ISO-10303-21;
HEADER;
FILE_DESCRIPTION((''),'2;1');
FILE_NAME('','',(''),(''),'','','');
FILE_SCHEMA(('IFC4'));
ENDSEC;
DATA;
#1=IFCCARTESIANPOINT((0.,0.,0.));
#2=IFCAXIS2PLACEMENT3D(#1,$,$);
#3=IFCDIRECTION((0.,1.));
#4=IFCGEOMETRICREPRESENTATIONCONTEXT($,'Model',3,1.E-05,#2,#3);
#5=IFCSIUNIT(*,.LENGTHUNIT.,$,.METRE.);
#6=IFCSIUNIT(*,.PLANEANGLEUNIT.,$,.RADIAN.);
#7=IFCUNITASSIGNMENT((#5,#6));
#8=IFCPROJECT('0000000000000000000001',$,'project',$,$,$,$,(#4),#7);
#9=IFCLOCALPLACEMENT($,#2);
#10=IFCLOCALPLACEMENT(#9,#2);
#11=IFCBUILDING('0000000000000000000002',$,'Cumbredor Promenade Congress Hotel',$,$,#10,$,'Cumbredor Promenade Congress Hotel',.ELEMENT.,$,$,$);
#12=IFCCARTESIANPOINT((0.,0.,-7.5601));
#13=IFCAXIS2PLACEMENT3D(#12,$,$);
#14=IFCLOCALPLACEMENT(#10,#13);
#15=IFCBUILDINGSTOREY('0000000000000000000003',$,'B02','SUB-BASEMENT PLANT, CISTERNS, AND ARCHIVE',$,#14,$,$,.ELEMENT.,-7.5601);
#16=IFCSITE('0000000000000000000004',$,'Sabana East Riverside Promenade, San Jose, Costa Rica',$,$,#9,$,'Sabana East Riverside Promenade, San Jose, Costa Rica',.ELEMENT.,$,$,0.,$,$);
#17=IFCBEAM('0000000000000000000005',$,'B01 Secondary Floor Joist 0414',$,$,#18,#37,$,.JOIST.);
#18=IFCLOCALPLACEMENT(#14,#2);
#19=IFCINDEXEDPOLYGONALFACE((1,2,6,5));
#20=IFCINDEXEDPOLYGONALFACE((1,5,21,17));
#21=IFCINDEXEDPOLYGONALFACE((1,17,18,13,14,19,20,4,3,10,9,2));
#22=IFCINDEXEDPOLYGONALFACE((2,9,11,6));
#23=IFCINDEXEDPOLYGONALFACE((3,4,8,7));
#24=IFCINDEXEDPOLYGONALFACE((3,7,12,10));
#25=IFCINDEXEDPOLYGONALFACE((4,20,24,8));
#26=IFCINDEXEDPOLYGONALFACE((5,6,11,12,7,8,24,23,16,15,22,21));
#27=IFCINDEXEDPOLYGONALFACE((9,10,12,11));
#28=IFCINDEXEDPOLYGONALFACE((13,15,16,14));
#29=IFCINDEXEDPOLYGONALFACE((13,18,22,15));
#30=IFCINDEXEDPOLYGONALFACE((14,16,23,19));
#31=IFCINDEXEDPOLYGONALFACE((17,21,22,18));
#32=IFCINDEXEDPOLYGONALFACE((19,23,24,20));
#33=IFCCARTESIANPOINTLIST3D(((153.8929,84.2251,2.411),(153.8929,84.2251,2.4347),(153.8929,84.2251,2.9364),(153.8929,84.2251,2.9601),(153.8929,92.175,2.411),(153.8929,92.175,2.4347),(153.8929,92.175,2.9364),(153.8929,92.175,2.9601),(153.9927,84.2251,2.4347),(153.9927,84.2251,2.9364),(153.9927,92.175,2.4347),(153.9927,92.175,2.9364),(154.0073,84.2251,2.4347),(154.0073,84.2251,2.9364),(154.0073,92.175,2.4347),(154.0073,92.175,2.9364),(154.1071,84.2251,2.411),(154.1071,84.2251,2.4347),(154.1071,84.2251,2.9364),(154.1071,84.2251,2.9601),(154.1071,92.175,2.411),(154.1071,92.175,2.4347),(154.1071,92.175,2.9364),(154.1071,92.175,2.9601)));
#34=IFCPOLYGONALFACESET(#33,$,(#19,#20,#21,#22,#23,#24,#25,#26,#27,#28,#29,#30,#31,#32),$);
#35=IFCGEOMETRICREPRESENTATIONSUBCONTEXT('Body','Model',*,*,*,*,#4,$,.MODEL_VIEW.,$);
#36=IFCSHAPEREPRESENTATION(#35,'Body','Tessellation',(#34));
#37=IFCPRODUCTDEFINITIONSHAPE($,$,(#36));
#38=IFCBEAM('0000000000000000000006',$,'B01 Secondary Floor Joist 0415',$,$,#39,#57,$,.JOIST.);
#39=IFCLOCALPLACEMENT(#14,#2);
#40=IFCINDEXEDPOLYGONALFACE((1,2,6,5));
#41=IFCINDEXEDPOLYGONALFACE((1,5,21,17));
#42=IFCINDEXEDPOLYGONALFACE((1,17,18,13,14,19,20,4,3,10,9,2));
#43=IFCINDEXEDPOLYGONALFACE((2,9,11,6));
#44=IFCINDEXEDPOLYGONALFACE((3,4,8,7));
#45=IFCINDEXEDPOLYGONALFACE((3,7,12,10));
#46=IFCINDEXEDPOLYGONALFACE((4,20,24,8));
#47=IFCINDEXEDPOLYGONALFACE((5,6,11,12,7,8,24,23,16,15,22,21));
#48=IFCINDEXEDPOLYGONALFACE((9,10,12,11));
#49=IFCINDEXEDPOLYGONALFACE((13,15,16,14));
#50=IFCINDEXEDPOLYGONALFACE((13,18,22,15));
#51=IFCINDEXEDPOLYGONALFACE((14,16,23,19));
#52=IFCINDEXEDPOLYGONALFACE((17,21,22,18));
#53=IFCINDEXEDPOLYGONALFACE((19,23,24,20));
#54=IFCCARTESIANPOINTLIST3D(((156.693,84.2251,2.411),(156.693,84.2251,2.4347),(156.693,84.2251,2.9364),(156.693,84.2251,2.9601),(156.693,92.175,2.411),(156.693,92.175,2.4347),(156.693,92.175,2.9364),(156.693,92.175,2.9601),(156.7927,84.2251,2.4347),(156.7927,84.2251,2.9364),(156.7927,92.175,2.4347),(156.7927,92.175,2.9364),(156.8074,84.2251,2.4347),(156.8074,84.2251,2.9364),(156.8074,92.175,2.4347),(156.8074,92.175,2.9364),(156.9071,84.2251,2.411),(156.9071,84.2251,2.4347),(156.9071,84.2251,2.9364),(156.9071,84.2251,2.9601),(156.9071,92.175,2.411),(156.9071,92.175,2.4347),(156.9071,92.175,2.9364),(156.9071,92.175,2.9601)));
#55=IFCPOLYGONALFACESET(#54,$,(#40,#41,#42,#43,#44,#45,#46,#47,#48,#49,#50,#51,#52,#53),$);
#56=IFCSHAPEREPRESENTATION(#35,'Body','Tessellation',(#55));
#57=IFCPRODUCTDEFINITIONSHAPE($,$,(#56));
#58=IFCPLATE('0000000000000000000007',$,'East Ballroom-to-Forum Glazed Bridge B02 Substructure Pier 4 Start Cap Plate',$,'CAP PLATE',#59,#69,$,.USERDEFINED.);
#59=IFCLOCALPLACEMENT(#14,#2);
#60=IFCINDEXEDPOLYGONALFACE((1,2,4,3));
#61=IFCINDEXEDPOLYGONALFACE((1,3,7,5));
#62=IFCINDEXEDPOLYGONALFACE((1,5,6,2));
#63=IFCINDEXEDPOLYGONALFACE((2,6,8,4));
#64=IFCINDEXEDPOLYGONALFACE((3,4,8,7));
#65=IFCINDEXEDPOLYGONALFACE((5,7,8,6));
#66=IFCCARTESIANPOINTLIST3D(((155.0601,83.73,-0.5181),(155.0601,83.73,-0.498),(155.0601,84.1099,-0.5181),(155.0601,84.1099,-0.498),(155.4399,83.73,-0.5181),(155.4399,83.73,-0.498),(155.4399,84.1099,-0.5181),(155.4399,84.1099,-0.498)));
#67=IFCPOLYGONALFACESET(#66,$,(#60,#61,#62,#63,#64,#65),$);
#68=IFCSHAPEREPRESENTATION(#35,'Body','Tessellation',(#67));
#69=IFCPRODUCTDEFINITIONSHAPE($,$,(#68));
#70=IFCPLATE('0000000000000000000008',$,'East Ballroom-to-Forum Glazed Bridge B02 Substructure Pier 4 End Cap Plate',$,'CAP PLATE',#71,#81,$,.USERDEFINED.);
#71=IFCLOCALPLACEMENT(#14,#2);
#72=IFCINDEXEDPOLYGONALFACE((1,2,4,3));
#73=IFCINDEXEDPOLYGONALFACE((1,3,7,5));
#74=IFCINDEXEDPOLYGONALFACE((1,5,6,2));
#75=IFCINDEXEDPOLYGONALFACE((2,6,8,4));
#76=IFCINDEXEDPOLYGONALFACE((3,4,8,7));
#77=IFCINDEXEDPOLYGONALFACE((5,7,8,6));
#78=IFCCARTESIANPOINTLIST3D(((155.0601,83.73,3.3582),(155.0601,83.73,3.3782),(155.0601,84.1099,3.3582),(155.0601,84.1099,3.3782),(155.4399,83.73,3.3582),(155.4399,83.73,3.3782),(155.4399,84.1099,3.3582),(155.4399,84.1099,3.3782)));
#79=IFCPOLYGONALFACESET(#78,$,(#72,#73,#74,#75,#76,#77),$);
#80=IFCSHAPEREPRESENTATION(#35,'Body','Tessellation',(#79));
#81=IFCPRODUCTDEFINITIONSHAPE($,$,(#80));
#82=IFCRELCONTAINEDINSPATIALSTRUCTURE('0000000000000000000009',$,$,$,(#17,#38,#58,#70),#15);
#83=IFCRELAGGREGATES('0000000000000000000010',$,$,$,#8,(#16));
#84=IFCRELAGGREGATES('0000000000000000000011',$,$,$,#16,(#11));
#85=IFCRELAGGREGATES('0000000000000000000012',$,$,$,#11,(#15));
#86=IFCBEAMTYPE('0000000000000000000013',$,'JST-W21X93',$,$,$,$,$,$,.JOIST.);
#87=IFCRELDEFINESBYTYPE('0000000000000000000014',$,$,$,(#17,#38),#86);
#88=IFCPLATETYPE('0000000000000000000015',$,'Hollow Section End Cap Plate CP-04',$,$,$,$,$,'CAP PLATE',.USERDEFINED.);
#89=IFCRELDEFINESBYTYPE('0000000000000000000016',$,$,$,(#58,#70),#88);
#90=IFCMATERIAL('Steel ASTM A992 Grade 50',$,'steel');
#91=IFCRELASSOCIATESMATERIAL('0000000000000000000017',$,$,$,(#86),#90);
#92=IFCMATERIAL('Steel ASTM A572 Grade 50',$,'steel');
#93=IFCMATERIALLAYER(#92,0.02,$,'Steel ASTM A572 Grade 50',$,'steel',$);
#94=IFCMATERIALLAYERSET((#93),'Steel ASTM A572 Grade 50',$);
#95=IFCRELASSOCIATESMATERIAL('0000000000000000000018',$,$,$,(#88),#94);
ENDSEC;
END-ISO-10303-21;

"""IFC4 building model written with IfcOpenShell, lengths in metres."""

from ifc_helpers import new_model, si_unit, direction, frame, origin, origin_2d, place, context, subcontext, project, spatial, rectangle, i_section, extrude, material, layer, layer_set, material_profile, profile_set, type_object, element, save


model = new_model("IFC4")

# Units and contexts
model_context = context("Model", 3, precision=1e-05, world=origin(), true_north=direction((0.0, 1.0)))
body_context = subcontext(model_context, "Body", "Model", "MODEL_VIEW")
ifc_project = project(units=[si_unit("LENGTHUNIT", "METRE"), si_unit("PLANEANGLEUNIT", "RADIAN")], contexts=[model_context])

# Site, building, storey
site_placement = place(None, origin())
site = spatial("IfcSite", under=ifc_project, at=site_placement, Name="Sabana East Riverside Promenade, San Jose, Costa Rica", LongName="Sabana East Riverside Promenade, San Jose, Costa Rica", CompositionType="ELEMENT", RefElevation=0.0)
building_placement = place(site_placement, origin())
building = spatial("IfcBuilding", under=site, at=building_placement, Name="Cumbredor Promenade Congress Hotel", LongName="Cumbredor Promenade Congress Hotel", CompositionType="ELEMENT")
storey_placement = place(building_placement, frame((0.0, 0.0, -7.5601)))
storey = spatial("IfcBuildingStorey", under=building, at=storey_placement, Name="B02", Description="SUB-BASEMENT PLANT, CISTERNS, AND ARCHIVE", CompositionType="ELEMENT", Elevation=-7.5601)

# Beams
ifc_material_1 = material(Name="Steel ASTM A992 Grade 50", Category="steel")
ifc_material_profile_1 = material_profile(ifc_material_1, i_section(OverallWidth=0.2141, OverallDepth=0.5491, WebThickness=0.0146, FlangeThickness=0.0237, at=origin_2d()), Name="W21X93")
ifc_profile_set_1 = profile_set([ifc_material_profile_1], Name="Steel ASTM A992 Grade 50")
beam_type_1 = type_object("IfcBeamType", Name="JST-W21X93", PredefinedType="JOIST", material=ifc_profile_set_1)
for number, where, z_axis, x_axis, name in (
    (1, (154.0, 84.2251, 2.6855), (0.0, 1.0, 0.0), (-1.0, 0.0, 0.0), "B01 Secondary Floor Joist 0414"),
    (2, (156.8, 84.2251, 2.6855), (0.0, 1.0, 0.0), (-1.0, 0.0, 0.0), "B01 Secondary Floor Joist 0415"),
):
    element("IfcBeam", number, at=place(storey_placement, frame(where, z_axis=z_axis, x_axis=x_axis)), inside=storey, type_object=beam_type_1, Name=name, PredefinedType="JOIST", context=body_context, shape_type="SweptSolid", body=[
        extrude(i_section(OverallWidth=0.2141, OverallDepth=0.5491, WebThickness=0.0146, FlangeThickness=0.0237, at=origin_2d()), origin(), (0.0, 0.0, 1.0), 7.95),
    ])

# Plates
ifc_material_2 = material(Name="Steel ASTM A572 Grade 50", Category="steel")
ifc_layer = layer(ifc_material_2, 0.02, Name="Steel ASTM A572 Grade 50", Category="steel")
ifc_layer_set = layer_set([ifc_layer], Name="Steel ASTM A572 Grade 50")
plate_type = type_object("IfcPlateType", Name="Hollow Section End Cap Plate CP-04", ElementType="CAP PLATE", PredefinedType="USERDEFINED", material=ifc_layer_set)
for number, where, z_axis, x_axis, name in (
    (3, (155.25, 83.9199, -0.5181), (0.0, 0.0, 1.0), (1.0, 0.0, 0.0), "East Ballroom-to-Forum Glazed Bridge B02 Substructure Pier 4 Start Cap Plate"),
    (4, (155.25, 83.9199, 3.3582), (0.0, 0.0, 1.0), (1.0, 0.0, 0.0), "East Ballroom-to-Forum Glazed Bridge B02 Substructure Pier 4 End Cap Plate"),
):
    element("IfcPlate", number, at=place(storey_placement, frame(where, z_axis=z_axis, x_axis=x_axis)), inside=storey, type_object=plate_type, Name=name, ObjectType="CAP PLATE", PredefinedType="USERDEFINED", context=body_context, shape_type="SweptSolid", body=[
        extrude(rectangle(XDim=0.3799, YDim=0.3799, at=origin_2d()), origin(), (0.0, 0.0, 1.0), 0.02),
    ])

save(model, "model.ifc")
